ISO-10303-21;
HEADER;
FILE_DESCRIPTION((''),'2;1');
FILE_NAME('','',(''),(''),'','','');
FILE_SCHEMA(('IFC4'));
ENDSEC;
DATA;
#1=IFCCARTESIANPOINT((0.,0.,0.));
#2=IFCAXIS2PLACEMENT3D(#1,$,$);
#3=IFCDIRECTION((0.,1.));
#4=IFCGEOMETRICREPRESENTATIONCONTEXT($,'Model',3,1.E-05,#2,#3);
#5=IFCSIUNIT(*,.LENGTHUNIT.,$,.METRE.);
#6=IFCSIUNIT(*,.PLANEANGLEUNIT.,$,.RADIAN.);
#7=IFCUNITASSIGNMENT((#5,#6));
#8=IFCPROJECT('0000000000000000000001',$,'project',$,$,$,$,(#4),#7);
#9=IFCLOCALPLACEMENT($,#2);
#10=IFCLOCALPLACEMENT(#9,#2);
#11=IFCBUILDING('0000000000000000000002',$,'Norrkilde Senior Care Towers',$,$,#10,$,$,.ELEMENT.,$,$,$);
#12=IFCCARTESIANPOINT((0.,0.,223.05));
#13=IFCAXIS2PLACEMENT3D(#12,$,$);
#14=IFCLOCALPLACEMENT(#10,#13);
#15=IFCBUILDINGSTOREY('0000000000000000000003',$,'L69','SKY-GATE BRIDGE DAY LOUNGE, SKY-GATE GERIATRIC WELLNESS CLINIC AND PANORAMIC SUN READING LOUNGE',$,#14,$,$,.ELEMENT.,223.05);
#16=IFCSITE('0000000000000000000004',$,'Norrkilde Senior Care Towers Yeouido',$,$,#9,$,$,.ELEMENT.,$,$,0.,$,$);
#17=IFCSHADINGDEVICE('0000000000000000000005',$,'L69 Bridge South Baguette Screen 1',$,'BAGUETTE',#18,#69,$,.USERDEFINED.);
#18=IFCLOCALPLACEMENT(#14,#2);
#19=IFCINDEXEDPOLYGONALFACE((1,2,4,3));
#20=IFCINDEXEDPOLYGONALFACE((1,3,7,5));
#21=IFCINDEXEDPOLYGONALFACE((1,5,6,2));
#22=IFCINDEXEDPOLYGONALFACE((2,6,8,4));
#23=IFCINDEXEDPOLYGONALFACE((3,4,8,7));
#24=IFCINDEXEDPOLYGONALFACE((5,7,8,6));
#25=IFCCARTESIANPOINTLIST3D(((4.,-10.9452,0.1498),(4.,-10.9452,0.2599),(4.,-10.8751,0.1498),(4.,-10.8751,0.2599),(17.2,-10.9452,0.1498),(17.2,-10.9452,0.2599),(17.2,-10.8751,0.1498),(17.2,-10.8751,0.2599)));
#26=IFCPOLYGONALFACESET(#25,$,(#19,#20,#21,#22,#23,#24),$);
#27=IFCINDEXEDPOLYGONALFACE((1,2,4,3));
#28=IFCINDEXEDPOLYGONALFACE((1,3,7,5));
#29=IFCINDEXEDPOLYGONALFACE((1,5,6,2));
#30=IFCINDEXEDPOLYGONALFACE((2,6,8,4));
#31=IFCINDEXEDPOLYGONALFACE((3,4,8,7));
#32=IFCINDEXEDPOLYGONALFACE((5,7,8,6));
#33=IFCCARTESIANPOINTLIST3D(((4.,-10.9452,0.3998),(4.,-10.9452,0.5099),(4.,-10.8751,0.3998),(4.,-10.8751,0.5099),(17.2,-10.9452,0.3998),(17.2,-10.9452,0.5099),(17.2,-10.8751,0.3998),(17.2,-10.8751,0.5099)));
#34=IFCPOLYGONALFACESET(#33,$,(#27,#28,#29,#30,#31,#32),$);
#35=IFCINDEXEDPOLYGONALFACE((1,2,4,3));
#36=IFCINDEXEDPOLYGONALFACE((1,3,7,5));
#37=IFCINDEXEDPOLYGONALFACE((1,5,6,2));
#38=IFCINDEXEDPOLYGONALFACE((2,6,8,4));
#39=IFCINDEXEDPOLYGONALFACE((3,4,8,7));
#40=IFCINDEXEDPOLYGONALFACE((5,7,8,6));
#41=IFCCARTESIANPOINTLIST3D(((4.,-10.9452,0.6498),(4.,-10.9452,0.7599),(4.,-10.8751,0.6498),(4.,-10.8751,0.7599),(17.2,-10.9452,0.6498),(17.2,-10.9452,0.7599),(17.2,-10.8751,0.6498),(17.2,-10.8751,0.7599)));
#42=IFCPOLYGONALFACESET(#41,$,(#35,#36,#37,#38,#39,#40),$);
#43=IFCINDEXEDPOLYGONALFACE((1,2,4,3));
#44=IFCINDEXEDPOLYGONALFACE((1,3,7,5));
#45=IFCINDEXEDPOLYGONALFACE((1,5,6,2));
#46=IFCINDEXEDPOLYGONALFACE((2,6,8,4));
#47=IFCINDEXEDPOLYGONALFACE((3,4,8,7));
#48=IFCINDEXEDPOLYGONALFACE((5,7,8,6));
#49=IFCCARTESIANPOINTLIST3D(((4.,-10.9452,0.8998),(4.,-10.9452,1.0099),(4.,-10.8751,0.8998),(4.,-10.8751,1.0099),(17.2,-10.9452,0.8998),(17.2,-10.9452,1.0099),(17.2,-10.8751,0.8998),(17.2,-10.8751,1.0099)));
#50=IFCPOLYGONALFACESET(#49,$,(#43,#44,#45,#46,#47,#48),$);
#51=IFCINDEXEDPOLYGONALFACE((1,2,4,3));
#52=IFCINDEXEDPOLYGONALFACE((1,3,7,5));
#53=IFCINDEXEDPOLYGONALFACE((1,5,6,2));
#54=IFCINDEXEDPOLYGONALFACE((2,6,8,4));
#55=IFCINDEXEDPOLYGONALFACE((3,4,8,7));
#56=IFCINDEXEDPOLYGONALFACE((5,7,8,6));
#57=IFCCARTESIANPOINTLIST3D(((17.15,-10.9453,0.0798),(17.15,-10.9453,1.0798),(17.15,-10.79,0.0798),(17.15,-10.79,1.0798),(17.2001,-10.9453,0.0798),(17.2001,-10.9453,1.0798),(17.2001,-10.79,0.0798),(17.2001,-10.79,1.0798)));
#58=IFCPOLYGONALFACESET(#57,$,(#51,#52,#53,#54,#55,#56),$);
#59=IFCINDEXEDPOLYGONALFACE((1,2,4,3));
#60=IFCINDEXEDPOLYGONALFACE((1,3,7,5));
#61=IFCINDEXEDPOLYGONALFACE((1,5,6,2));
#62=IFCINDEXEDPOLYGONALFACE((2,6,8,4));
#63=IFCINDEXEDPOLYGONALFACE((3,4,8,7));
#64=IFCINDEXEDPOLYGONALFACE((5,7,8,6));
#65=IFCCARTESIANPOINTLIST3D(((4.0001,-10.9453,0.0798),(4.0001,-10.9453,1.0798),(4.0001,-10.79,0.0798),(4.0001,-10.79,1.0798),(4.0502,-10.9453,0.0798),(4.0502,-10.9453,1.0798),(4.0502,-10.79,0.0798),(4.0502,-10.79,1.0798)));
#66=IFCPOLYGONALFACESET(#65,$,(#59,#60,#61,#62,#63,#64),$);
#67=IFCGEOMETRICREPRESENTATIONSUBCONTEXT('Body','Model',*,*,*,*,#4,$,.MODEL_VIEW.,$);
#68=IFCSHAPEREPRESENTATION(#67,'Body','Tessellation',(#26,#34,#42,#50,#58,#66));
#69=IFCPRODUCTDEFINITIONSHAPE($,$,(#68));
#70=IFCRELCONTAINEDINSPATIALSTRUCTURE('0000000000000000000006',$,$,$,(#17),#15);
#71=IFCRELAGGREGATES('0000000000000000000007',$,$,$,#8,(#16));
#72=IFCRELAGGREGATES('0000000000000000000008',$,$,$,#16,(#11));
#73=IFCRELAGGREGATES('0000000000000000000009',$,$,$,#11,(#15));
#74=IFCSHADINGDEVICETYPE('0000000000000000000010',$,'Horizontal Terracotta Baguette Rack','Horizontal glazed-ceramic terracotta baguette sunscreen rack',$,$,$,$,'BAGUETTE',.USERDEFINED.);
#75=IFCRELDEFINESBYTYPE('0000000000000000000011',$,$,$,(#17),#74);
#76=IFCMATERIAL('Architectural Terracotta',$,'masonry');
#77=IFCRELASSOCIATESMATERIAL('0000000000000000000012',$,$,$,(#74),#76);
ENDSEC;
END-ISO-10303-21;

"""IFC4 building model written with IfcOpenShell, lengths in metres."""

from ifc_helpers import new_model, si_unit, direction, frame, origin, origin_2d, place, context, subcontext, project, spatial, rectangle, extrude, source, transform, mapped, material, type_object, type_shapes, element, save


model = new_model("IFC4")

# Units and contexts
model_context = context("Model", 3, precision=1e-05, world=origin(), true_north=direction((0.0, 1.0)))
body_context = subcontext(model_context, "Body", "Model", "MODEL_VIEW")
ifc_project = project(units=[si_unit("LENGTHUNIT", "METRE"), si_unit("PLANEANGLEUNIT", "RADIAN")], contexts=[model_context])

# Site, building, storey
site_placement = place(None, origin())
site = spatial("IfcSite", under=ifc_project, at=site_placement, Name="Norrkilde Senior Care Towers Yeouido", CompositionType="ELEMENT", RefElevation=0.0)
building_placement = place(site_placement, origin())
building = spatial("IfcBuilding", under=site, at=building_placement, Name="Norrkilde Senior Care Towers", CompositionType="ELEMENT")
storey_placement = place(building_placement, frame((0.0, 0.0, 223.05)))
storey = spatial("IfcBuildingStorey", under=building, at=storey_placement, Name="L69", Description="SKY-GATE BRIDGE DAY LOUNGE, SKY-GATE GERIATRIC WELLNESS CLINIC AND PANORAMIC SUN READING LOUNGE", CompositionType="ELEMENT", Elevation=223.05)

# Shading device
ifc_material_1 = material(Name="Architectural Terracotta", Category="masonry")
shading_device_type = type_object("IfcShadingDeviceType", Name="Horizontal Terracotta Baguette Rack", Description="Horizontal glazed-ceramic terracotta baguette sunscreen rack", ElementType="BAGUETTE", PredefinedType="USERDEFINED", material=ifc_material_1)
shared_shape_1 = source(origin(), body_context, "Body", "SweptSolid", [
    extrude(rectangle(XDim=0.0701, YDim=0.1101, at=origin_2d()), frame((0.0, 0.0901, 0.125), z_axis=(1.0, 0.0, 0.0), x_axis=(0.0, 1.0, 0.0)), (0.0, 0.0, 1.0), 13.2),
    extrude(rectangle(XDim=0.0701, YDim=0.1101, at=origin_2d()), frame((0.0, 0.0901, 0.375), z_axis=(1.0, 0.0, 0.0), x_axis=(0.0, 1.0, 0.0)), (0.0, 0.0, 1.0), 13.2),
    extrude(rectangle(XDim=0.0701, YDim=0.1101, at=origin_2d()), frame((0.0, 0.0901, 0.625), z_axis=(1.0, 0.0, 0.0), x_axis=(0.0, 1.0, 0.0)), (0.0, 0.0, 1.0), 13.2),
    extrude(rectangle(XDim=0.0701, YDim=0.1101, at=origin_2d()), frame((0.0, 0.0901, 0.875), z_axis=(1.0, 0.0, 0.0), x_axis=(0.0, 1.0, 0.0)), (0.0, 0.0, 1.0), 13.2),
    extrude(rectangle(XDim=0.05, YDim=0.1553, at=origin_2d()), frame((0.0249, 0.0476, 0.0)), (0.0, 0.0, 1.0), 1.0),
    extrude(rectangle(XDim=0.05, YDim=0.1553, at=origin_2d()), frame((13.1748, 0.0476, 0.0)), (0.0, 0.0, 1.0), 1.0),
])
type_shapes(shading_device_type, [shared_shape_1])
shading_device_placement = place(storey_placement, frame((17.2, -10.8201, 0.0798), z_axis=(0.0, 0.0, 1.0), x_axis=(-1.0, 0.0, 0.0)))
element("IfcShadingDevice", 1, at=shading_device_placement, inside=storey, type_object=shading_device_type, Name="L69 Bridge South Baguette Screen 1", ObjectType="BAGUETTE", PredefinedType="USERDEFINED", context=body_context, shape_type="MappedRepresentation", body=[
    mapped(shared_shape_1, transform((0.0, 0.0, 0.0), x_axis=(1.0, 0.0, 0.0), y_axis=(0.0, 1.0, 0.0), z_axis=(0.0, 0.0, 1.0), scale=1.0)),
])

save(model, "model.ifc")
